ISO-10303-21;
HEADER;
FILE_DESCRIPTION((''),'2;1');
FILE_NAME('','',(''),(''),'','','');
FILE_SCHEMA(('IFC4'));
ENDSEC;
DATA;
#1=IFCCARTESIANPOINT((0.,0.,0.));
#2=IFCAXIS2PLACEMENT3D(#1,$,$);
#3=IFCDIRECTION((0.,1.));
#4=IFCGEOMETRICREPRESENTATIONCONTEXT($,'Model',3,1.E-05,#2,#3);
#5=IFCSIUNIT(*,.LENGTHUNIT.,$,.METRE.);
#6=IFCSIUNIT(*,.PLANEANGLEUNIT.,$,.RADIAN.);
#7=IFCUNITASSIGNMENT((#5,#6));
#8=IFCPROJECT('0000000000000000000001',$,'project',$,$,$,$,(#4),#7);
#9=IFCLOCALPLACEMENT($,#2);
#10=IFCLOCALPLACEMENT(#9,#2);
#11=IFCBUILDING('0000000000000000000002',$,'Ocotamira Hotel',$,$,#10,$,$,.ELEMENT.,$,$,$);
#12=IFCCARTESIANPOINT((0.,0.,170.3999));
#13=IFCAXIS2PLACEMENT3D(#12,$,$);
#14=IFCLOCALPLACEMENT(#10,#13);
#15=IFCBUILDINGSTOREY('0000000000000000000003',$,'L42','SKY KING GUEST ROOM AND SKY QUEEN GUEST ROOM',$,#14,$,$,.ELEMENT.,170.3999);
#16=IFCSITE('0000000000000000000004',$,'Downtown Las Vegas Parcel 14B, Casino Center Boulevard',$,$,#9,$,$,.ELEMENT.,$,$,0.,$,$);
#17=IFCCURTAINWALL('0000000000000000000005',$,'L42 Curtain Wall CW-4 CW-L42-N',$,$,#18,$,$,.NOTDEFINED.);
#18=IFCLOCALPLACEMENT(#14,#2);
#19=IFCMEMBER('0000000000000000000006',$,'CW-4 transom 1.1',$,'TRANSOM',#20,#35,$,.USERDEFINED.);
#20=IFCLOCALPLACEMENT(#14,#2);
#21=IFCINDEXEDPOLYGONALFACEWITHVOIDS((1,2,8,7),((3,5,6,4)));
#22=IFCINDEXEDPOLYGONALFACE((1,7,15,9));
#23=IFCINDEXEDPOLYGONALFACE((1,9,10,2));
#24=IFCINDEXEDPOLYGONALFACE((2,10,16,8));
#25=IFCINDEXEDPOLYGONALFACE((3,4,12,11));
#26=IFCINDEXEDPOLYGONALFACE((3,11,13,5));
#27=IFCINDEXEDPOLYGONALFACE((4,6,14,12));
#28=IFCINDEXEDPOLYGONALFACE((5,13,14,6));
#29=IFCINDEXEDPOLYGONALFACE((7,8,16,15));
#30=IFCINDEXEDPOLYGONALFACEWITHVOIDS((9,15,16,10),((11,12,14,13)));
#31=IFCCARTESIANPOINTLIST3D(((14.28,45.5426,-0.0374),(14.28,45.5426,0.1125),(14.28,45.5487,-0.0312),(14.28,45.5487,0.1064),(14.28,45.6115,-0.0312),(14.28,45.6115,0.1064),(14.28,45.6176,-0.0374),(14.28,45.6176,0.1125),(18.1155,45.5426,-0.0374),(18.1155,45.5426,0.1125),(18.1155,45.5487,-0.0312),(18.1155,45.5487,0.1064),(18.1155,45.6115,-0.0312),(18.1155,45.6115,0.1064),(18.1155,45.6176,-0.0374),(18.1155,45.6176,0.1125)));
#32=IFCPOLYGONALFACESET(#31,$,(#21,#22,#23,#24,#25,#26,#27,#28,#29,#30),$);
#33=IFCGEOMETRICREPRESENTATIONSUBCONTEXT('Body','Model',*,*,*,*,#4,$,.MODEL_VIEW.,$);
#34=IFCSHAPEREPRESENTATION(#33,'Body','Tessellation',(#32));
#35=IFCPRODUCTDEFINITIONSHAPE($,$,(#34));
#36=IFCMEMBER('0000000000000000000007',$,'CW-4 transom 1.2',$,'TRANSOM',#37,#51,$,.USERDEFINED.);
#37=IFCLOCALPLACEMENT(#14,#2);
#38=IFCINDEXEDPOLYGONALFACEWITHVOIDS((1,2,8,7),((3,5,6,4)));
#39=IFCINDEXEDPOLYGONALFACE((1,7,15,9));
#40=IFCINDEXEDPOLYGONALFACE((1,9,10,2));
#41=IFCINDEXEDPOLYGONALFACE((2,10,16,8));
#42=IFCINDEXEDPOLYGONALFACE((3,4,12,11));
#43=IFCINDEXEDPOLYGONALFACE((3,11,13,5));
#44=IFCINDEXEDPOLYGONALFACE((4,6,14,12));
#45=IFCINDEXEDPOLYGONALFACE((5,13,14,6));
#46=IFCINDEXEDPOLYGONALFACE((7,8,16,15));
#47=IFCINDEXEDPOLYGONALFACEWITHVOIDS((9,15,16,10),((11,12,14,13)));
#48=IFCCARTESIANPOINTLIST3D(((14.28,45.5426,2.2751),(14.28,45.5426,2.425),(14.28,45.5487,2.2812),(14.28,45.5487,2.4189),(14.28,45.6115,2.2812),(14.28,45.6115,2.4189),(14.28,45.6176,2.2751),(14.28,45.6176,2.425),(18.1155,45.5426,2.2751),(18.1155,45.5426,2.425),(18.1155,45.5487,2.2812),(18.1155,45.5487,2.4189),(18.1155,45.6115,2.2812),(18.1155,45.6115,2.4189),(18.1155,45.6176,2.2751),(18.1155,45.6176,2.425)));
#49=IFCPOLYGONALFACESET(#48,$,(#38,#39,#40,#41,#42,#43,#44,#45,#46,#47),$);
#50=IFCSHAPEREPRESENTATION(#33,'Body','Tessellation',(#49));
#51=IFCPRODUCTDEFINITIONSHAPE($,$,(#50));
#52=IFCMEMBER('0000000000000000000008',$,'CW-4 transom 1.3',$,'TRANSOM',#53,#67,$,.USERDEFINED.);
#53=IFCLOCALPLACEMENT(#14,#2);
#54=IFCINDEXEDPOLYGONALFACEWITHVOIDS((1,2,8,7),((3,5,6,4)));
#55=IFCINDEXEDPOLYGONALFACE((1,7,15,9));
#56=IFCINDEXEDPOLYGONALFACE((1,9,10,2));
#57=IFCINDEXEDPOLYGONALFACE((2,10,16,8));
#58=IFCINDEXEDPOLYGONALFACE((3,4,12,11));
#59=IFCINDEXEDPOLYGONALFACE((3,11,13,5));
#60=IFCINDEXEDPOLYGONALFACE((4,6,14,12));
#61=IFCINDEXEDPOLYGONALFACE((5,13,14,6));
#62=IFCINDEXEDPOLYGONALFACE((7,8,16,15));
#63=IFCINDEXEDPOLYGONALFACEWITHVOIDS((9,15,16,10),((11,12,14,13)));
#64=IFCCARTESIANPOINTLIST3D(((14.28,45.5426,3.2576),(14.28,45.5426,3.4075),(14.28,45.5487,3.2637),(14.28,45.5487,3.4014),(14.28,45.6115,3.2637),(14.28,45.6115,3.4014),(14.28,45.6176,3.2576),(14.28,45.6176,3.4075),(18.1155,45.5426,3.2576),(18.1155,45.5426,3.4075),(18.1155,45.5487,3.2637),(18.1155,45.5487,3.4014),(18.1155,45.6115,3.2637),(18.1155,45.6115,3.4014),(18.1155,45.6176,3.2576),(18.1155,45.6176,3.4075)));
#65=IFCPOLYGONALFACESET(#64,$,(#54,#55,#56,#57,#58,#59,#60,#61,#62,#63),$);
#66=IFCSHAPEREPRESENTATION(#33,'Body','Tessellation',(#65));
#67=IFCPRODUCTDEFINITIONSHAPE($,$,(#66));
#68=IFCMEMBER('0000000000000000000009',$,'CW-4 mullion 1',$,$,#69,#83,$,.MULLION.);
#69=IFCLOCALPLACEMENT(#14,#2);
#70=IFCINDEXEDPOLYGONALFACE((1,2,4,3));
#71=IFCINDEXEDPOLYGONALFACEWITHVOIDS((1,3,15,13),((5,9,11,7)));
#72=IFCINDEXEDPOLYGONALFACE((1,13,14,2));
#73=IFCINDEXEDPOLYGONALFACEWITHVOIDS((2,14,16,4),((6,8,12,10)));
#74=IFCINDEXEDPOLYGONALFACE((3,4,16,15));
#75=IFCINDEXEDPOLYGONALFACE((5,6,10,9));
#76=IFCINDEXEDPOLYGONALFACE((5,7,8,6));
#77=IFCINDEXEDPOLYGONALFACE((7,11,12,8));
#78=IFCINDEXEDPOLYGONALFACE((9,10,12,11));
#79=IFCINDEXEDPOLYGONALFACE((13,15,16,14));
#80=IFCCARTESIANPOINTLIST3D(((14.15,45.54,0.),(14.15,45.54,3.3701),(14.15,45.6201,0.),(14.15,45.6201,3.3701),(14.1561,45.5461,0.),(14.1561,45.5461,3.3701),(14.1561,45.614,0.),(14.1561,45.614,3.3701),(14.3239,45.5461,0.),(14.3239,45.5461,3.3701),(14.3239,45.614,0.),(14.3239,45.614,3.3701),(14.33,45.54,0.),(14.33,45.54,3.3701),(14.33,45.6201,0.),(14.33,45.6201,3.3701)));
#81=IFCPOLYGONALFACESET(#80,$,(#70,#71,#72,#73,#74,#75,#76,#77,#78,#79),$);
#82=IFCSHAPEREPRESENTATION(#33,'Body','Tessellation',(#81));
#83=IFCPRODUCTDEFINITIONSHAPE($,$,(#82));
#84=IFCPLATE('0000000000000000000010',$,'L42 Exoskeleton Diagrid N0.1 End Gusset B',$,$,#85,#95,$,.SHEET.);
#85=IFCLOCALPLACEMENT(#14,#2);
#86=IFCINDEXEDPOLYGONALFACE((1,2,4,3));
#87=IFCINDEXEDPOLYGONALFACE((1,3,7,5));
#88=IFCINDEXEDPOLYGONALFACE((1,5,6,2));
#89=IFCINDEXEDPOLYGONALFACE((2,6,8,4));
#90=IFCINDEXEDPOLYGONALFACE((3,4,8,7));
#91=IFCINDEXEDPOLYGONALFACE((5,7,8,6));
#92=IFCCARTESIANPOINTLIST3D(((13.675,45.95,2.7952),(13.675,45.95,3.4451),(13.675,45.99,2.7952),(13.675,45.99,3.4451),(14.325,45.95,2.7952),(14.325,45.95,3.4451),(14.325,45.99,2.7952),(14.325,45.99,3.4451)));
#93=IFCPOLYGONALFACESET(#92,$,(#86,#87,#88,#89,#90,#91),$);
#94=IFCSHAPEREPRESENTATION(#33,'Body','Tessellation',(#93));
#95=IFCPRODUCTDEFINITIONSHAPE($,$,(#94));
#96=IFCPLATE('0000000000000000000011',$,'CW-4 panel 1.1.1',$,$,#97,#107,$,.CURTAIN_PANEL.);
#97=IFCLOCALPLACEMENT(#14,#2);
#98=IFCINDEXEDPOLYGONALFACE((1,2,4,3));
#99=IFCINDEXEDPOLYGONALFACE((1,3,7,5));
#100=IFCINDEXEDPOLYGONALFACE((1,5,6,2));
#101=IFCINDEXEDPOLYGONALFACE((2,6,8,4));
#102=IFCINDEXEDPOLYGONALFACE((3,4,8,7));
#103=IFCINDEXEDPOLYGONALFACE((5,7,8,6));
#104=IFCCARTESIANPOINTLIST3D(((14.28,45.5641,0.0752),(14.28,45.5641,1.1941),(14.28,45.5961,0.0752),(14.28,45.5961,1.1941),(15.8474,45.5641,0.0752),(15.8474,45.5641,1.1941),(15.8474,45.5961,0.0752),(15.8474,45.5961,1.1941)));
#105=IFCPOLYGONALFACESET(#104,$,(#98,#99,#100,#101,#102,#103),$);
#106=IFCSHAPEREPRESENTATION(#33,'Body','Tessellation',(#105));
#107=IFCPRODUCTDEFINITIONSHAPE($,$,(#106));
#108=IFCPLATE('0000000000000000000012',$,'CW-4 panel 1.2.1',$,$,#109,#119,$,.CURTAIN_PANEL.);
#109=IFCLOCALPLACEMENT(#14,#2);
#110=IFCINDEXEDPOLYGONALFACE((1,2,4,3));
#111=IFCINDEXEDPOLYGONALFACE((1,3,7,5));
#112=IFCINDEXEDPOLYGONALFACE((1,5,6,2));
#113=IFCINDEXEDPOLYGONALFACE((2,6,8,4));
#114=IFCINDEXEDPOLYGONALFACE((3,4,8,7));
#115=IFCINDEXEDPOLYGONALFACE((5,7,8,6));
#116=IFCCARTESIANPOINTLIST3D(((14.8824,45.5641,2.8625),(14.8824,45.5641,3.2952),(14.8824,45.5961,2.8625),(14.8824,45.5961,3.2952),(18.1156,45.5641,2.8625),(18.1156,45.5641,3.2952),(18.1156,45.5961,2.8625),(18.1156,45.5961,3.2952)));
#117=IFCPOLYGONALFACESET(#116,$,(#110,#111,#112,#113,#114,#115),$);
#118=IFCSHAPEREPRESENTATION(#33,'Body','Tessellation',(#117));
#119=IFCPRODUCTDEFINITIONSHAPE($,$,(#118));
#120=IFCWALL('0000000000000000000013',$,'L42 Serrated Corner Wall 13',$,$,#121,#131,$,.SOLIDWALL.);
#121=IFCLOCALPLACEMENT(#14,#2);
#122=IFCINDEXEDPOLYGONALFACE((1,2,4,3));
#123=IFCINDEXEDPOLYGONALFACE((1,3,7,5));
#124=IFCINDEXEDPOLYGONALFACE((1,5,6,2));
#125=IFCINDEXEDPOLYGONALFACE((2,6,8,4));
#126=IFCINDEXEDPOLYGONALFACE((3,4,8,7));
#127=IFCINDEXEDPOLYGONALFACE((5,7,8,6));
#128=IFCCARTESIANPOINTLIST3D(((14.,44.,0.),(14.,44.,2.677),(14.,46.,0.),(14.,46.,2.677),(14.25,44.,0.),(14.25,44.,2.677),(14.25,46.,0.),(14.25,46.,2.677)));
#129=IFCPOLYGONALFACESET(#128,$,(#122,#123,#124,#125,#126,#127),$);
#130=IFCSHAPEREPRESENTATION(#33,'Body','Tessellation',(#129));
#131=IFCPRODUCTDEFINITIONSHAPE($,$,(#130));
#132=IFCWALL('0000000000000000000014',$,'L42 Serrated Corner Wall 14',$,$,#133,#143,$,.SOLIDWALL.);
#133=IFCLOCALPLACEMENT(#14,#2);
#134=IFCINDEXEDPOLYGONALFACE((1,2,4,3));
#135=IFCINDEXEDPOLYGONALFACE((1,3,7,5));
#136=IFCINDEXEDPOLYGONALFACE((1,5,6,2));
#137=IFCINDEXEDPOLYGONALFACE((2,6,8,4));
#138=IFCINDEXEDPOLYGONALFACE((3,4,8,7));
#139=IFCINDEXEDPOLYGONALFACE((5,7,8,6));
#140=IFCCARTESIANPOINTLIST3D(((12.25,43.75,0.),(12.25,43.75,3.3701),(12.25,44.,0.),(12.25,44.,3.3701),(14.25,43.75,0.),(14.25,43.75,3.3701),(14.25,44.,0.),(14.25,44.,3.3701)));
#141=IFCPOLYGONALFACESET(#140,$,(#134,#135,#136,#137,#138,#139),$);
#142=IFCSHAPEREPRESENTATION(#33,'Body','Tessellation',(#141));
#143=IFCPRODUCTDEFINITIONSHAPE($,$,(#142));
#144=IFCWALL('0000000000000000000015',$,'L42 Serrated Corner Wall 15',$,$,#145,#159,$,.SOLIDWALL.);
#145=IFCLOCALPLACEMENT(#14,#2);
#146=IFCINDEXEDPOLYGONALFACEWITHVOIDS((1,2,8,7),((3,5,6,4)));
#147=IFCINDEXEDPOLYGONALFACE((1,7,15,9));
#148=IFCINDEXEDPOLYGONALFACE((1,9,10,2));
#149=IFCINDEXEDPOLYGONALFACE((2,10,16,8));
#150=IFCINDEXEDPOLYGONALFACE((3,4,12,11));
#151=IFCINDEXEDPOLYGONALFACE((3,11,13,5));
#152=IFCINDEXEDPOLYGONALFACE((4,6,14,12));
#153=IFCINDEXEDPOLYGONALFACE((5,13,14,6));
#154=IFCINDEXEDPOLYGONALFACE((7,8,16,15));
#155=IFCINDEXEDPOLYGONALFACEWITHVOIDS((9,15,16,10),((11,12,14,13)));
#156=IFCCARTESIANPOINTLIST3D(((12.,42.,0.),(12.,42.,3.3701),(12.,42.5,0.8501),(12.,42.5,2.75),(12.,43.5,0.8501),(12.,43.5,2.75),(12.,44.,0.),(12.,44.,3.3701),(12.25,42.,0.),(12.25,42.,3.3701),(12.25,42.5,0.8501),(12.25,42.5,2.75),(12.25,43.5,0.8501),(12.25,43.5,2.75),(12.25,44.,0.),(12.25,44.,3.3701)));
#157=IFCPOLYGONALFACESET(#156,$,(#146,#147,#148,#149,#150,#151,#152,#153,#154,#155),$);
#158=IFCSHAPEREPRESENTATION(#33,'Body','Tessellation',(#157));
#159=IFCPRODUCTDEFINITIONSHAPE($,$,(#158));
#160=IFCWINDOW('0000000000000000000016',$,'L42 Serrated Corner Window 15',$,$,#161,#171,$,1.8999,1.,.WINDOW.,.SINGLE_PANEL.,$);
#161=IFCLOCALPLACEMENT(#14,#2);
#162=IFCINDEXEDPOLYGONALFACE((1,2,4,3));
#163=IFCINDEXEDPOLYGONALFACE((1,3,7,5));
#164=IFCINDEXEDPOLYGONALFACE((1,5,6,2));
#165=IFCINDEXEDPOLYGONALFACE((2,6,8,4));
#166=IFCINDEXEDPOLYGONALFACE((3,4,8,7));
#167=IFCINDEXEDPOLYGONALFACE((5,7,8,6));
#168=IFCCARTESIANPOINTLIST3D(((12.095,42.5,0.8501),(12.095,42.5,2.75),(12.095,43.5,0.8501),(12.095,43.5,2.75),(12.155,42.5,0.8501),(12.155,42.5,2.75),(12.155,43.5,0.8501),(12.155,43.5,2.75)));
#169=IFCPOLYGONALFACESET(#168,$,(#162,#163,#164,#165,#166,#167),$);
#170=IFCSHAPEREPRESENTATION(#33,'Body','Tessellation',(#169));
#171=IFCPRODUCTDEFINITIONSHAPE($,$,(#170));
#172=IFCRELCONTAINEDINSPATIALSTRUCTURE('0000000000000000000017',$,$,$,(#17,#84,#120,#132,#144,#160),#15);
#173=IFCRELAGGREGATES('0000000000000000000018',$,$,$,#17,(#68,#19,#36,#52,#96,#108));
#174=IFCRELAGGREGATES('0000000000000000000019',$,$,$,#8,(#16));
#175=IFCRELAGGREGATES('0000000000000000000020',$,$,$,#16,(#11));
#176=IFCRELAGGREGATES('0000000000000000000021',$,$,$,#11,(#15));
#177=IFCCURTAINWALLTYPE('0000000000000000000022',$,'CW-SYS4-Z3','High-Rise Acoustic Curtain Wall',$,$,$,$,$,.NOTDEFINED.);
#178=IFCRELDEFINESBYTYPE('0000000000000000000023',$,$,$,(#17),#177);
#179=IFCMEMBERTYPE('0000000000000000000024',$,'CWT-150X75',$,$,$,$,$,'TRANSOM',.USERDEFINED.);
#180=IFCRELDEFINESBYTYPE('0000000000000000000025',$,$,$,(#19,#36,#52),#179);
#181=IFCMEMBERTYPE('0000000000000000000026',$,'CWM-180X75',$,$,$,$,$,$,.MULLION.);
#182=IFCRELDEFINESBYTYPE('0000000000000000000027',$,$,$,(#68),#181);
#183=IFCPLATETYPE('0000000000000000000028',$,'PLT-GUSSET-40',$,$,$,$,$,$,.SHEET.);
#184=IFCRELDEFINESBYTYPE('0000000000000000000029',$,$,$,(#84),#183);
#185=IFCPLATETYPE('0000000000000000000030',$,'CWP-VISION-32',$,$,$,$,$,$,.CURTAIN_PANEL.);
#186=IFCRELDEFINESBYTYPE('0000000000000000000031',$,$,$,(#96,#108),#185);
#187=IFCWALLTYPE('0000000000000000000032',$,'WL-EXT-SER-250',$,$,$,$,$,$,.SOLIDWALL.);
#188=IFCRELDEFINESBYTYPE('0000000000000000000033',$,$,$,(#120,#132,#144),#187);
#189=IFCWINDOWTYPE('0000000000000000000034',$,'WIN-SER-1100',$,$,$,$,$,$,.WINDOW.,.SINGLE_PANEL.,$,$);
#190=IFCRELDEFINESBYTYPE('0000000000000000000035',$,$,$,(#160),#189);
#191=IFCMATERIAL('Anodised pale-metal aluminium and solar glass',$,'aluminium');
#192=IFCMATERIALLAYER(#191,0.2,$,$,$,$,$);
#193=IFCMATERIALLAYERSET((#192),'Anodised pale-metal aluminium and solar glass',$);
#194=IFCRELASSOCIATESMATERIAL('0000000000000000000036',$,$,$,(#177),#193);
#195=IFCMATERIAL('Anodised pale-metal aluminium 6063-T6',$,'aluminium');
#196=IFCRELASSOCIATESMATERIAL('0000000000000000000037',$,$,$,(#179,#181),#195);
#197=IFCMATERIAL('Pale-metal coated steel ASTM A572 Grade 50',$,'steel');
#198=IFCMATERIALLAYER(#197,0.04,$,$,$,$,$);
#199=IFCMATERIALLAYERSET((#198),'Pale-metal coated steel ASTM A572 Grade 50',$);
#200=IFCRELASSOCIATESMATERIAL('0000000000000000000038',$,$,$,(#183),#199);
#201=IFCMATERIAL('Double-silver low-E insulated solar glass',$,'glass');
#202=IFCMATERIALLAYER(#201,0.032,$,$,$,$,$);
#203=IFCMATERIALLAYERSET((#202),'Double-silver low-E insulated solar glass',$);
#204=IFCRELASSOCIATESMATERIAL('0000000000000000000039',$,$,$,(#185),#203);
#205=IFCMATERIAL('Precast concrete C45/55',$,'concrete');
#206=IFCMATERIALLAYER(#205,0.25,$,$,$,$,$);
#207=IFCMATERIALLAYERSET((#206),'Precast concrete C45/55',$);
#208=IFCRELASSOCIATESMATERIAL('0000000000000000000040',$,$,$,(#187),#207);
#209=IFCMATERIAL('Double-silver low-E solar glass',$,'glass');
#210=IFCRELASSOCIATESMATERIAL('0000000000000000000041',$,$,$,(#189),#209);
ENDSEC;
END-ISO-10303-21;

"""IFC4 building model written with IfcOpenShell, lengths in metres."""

from ifc_helpers import new_model, si_unit, direction, frame, frame_2d, origin, origin_2d, place, context, subcontext, project, spatial, rectangle, hollow_rectangle, extrude, source, transform, mapped, material, layer, layer_set, material_profile, profile_set, type_object, element, fill, aggregate, save


model = new_model("IFC4")

# Units and contexts
model_context = context("Model", 3, precision=1e-05, world=origin(), true_north=direction((0.0, 1.0)))
body_context = subcontext(model_context, "Body", "Model", "MODEL_VIEW")
ifc_project = project(units=[si_unit("LENGTHUNIT", "METRE"), si_unit("PLANEANGLEUNIT", "RADIAN")], contexts=[model_context])

# Site, building, storey
site_placement = place(None, origin())
site = spatial("IfcSite", under=ifc_project, at=site_placement, Name="Downtown Las Vegas Parcel 14B, Casino Center Boulevard", CompositionType="ELEMENT", RefElevation=0.0)
building_placement = place(site_placement, origin())
building = spatial("IfcBuilding", under=site, at=building_placement, Name="Ocotamira Hotel", CompositionType="ELEMENT")
storey_placement = place(building_placement, frame((0.0, 0.0, 170.3999)))
storey = spatial("IfcBuildingStorey", under=building, at=storey_placement, Name="L42", Description="SKY KING GUEST ROOM AND SKY QUEEN GUEST ROOM", CompositionType="ELEMENT", Elevation=170.3999)

# Curtain wall, members
ifc_material_1 = material(Name="Anodised pale-metal aluminium and solar glass", Category="aluminium")
ifc_layer_1 = layer(ifc_material_1, 0.2)
ifc_layer_set_1 = layer_set([ifc_layer_1], Name="Anodised pale-metal aluminium and solar glass")
curtain_wall_type = type_object("IfcCurtainWallType", Name="CW-SYS4-Z3", Description="High-Rise Acoustic Curtain Wall", PredefinedType="NOTDEFINED", material=ifc_layer_set_1)
curtain_wall_placement = place(storey_placement, origin())
curtain_wall = element("IfcCurtainWall", 1, at=curtain_wall_placement, inside=storey, type_object=curtain_wall_type, Name="L42 Curtain Wall CW-4 CW-L42-N", PredefinedType="NOTDEFINED")
ifc_material_2 = material(Name="Anodised pale-metal aluminium 6063-T6", Category="aluminium")
ifc_material_profile_1 = material_profile(ifc_material_2, hollow_rectangle(XDim=0.075, YDim=0.1499, WallThickness=0.0061, at=origin_2d()), Name="HSS150X75X6")
ifc_profile_set_1 = profile_set([ifc_material_profile_1], Name="Anodised pale-metal aluminium 6063-T6")
member_type_1 = type_object("IfcMemberType", Name="CWT-150X75", ElementType="TRANSOM", PredefinedType="USERDEFINED", material=ifc_profile_set_1)
shared_shape_1 = source(origin(), body_context, "Body", "SweptSolid", [
    extrude(hollow_rectangle(XDim=0.075, YDim=0.1499, WallThickness=0.0061, at=origin_2d()), origin(), (0.0, 0.0, 1.0), 3.8354),
])
member_1_placement = place(storey_placement, frame((14.28, 45.5801, 0.0376), z_axis=(1.0, 0.0, 0.0), x_axis=(0.0, 1.0, 0.0)))
member_1 = element("IfcMember", 2, at=member_1_placement, type_object=member_type_1, Name="CW-4 transom 1.1", ObjectType="TRANSOM", PredefinedType="USERDEFINED", context=body_context, shape_type="MappedRepresentation", body=[
    mapped(shared_shape_1, transform((0.0, 0.0, 0.0), scale=1.0)),
])
member_2_placement = place(storey_placement, frame((14.28, 45.5801, 2.3501), z_axis=(1.0, 0.0, 0.0), x_axis=(0.0, 1.0, 0.0)))
member_2 = element("IfcMember", 3, at=member_2_placement, type_object=member_type_1, Name="CW-4 transom 1.2", ObjectType="TRANSOM", PredefinedType="USERDEFINED", context=body_context, shape_type="MappedRepresentation", body=[
    mapped(shared_shape_1, transform((0.0, 0.0, 0.0), scale=1.0)),
])
member_3_placement = place(storey_placement, frame((14.28, 45.5801, 3.3325), z_axis=(1.0, 0.0, 0.0), x_axis=(0.0, 1.0, 0.0)))
member_3 = element("IfcMember", 4, at=member_3_placement, type_object=member_type_1, Name="CW-4 transom 1.3", ObjectType="TRANSOM", PredefinedType="USERDEFINED", context=body_context, shape_type="MappedRepresentation", body=[
    mapped(shared_shape_1, transform((0.0, 0.0, 0.0), scale=1.0)),
])
ifc_material_profile_2 = material_profile(ifc_material_2, hollow_rectangle(XDim=0.0801, YDim=0.1799, WallThickness=0.0061, at=origin_2d()), Name="HSS180X80X6")
ifc_profile_set_2 = profile_set([ifc_material_profile_2], Name="Anodised pale-metal aluminium 6063-T6")
member_type_2 = type_object("IfcMemberType", Name="CWM-180X75", PredefinedType="MULLION", material=ifc_profile_set_2)
shared_shape_2 = source(origin(), body_context, "Body", "SweptSolid", [
    extrude(hollow_rectangle(XDim=0.0801, YDim=0.1799, WallThickness=0.0061, at=origin_2d()), origin(), (0.0, 0.0, 1.0), 3.3701),
])
member_4_placement = place(storey_placement, frame((14.24, 45.5801, 0.0), z_axis=(0.0, 0.0, 1.0), x_axis=(0.0, 1.0, 0.0)))
member_4 = element("IfcMember", 5, at=member_4_placement, type_object=member_type_2, Name="CW-4 mullion 1", PredefinedType="MULLION", context=body_context, shape_type="MappedRepresentation", body=[
    mapped(shared_shape_2, transform((0.0, 0.0, 0.0), scale=1.0)),
])

# Plates
ifc_material_3 = material(Name="Pale-metal coated steel ASTM A572 Grade 50", Category="steel")
ifc_layer_2 = layer(ifc_material_3, 0.04)
ifc_layer_set_2 = layer_set([ifc_layer_2], Name="Pale-metal coated steel ASTM A572 Grade 50")
plate_type_1 = type_object("IfcPlateType", Name="PLT-GUSSET-40", PredefinedType="SHEET", material=ifc_layer_set_2)
shared_shape_3 = source(origin(), body_context, "Body", "SweptSolid", [
    extrude(rectangle(XDim=0.6499, YDim=0.04, at=origin_2d()), origin(), (0.0, 0.0, 1.0), 0.6499),
])
plate_1_placement = place(storey_placement, frame((14.0, 45.97, 2.7952), z_axis=(0.0, 0.0, 1.0), x_axis=(-1.0, 0.0, 0.0)))
element("IfcPlate", 6, at=plate_1_placement, inside=storey, type_object=plate_type_1, Name="L42 Exoskeleton Diagrid N0.1 End Gusset B", PredefinedType="SHEET", context=body_context, shape_type="MappedRepresentation", body=[
    mapped(shared_shape_3, transform((0.0, 0.0, 0.0), scale=1.0)),
])
ifc_material_4 = material(Name="Double-silver low-E insulated solar glass", Category="glass")
ifc_layer_3 = layer(ifc_material_4, 0.032)
ifc_layer_set_3 = layer_set([ifc_layer_3], Name="Double-silver low-E insulated solar glass")
plate_type_2 = type_object("IfcPlateType", Name="CWP-VISION-32", PredefinedType="CURTAIN_PANEL", material=ifc_layer_set_3)
shared_shape_4 = source(origin(), body_context, "Body", "SweptSolid", [
    extrude(rectangle(XDim=1.5674, YDim=0.032, at=origin_2d()), origin(), (0.0, 0.0, 1.0), 1.1189),
])
plate_2_placement = place(storey_placement, frame((15.0637, 45.5801, 0.0752), z_axis=(0.0, 0.0, 1.0), x_axis=(1.0, 0.0, 0.0)))
plate_2 = element("IfcPlate", 7, at=plate_2_placement, type_object=plate_type_2, Name="CW-4 panel 1.1.1", PredefinedType="CURTAIN_PANEL", context=body_context, shape_type="MappedRepresentation", body=[
    mapped(shared_shape_4, transform((0.0, 0.0, 0.0), scale=1.0)),
])
shared_shape_5 = source(origin(), body_context, "Body", "SweptSolid", [
    extrude(rectangle(XDim=3.2332, YDim=0.032, at=origin_2d()), origin(), (0.0, 0.0, 1.0), 0.4326),
])
plate_3_placement = place(storey_placement, frame((16.499, 45.5801, 2.8625), z_axis=(0.0, 0.0, 1.0), x_axis=(1.0, 0.0, 0.0)))
plate_3 = element("IfcPlate", 8, at=plate_3_placement, type_object=plate_type_2, Name="CW-4 panel 1.2.1", PredefinedType="CURTAIN_PANEL", context=body_context, shape_type="MappedRepresentation", body=[
    mapped(shared_shape_5, transform((0.0, 0.0, 0.0), scale=1.0)),
])
aggregate(curtain_wall, [member_4, member_1, member_2, member_3, plate_2, plate_3])

# Walls
ifc_material_5 = material(Name="Precast concrete C45/55", Category="concrete")
ifc_layer_4 = layer(ifc_material_5, 0.25)
ifc_layer_set_4 = layer_set([ifc_layer_4], Name="Precast concrete C45/55")
wall_type_1 = type_object("IfcWallType", Name="WL-EXT-SER-250", PredefinedType="SOLIDWALL", material=ifc_layer_set_4)
wall_1_placement = place(storey_placement, frame((14.125, 46.0, 0.0), z_axis=(0.0, 0.0, 1.0), x_axis=(0.0, -1.0, 0.0)))
element("IfcWall", 9, at=wall_1_placement, inside=storey, type_object=wall_type_1, Name="L42 Serrated Corner Wall 13", PredefinedType="SOLIDWALL", context=body_context, shape_type="SweptSolid", body=[
    extrude(rectangle(XDim=2.0, YDim=0.25, at=frame_2d((1.0, 0.0))), origin(), (0.0, 0.0, 1.0), 2.677),
])
wall_2_placement = place(storey_placement, frame((14.25, 43.875, 0.0), z_axis=(0.0, 0.0, 1.0), x_axis=(-1.0, 0.0, 0.0)))
element("IfcWall", 10, at=wall_2_placement, inside=storey, type_object=wall_type_1, Name="L42 Serrated Corner Wall 14", PredefinedType="SOLIDWALL", context=body_context, shape_type="SweptSolid", body=[
    extrude(rectangle(XDim=2.0, YDim=0.25, at=frame_2d((1.0, 0.0))), origin(), (0.0, 0.0, 1.0), 3.3701),
])

# Wall, opening, window
wall_3_placement = place(storey_placement, frame((12.125, 44.0, 0.0), z_axis=(0.0, 0.0, 1.0), x_axis=(0.0, -1.0, 0.0)))
wall_3 = element("IfcWall", 11, at=wall_3_placement, inside=storey, type_object=wall_type_1, Name="L42 Serrated Corner Wall 15", PredefinedType="SOLIDWALL", context=body_context, shape_type="SweptSolid", body=[
    extrude(rectangle(XDim=2.0, YDim=0.25, at=frame_2d((1.0, 0.0))), origin(), (0.0, 0.0, 1.0), 3.3701),
])
opening_placement = place(wall_3_placement, frame((0.5, 0.0, 0.8501)))
opening = element("IfcOpeningElement", 12, at=opening_placement, cuts=wall_3, PredefinedType="OPENING", context=body_context, shape_type="SweptSolid", body=[
    extrude(rectangle(XDim=1.0, YDim=1.8999, at=frame_2d((0.5, 0.95))), frame((0.0, 0.135, 0.0), z_axis=(0.0, -1.0, 0.0), x_axis=(1.0, 0.0, 0.0)), (0.0, 0.0, 1.0), 0.27),
])
ifc_material_6 = material(Name="Double-silver low-E solar glass", Category="glass")
window_type = type_object("IfcWindowType", Name="WIN-SER-1100", PartitioningType="SINGLE_PANEL", PredefinedType="WINDOW", material=ifc_material_6)
shared_shape_6 = source(origin(), body_context, "Body", "SweptSolid", [
    extrude(rectangle(XDim=1.0, YDim=1.8999, at=frame_2d((0.5, 0.95))), frame((0.0, 0.03, 0.0), z_axis=(0.0, -1.0, 0.0), x_axis=(1.0, 0.0, 0.0)), (0.0, 0.0, 1.0), 0.0601),
])
window_placement = place(opening_placement, origin())
window = element("IfcWindow", 13, at=window_placement, inside=storey, type_object=window_type, Name="L42 Serrated Corner Window 15", OverallHeight=1.8999, OverallWidth=1.0, PartitioningType="SINGLE_PANEL", PredefinedType="WINDOW", context=body_context, shape_type="MappedRepresentation", body=[
    mapped(shared_shape_6, transform((0.0, 0.0, 0.0), scale=1.0)),
])
fill(opening, window)

save(model, "model.ifc")
